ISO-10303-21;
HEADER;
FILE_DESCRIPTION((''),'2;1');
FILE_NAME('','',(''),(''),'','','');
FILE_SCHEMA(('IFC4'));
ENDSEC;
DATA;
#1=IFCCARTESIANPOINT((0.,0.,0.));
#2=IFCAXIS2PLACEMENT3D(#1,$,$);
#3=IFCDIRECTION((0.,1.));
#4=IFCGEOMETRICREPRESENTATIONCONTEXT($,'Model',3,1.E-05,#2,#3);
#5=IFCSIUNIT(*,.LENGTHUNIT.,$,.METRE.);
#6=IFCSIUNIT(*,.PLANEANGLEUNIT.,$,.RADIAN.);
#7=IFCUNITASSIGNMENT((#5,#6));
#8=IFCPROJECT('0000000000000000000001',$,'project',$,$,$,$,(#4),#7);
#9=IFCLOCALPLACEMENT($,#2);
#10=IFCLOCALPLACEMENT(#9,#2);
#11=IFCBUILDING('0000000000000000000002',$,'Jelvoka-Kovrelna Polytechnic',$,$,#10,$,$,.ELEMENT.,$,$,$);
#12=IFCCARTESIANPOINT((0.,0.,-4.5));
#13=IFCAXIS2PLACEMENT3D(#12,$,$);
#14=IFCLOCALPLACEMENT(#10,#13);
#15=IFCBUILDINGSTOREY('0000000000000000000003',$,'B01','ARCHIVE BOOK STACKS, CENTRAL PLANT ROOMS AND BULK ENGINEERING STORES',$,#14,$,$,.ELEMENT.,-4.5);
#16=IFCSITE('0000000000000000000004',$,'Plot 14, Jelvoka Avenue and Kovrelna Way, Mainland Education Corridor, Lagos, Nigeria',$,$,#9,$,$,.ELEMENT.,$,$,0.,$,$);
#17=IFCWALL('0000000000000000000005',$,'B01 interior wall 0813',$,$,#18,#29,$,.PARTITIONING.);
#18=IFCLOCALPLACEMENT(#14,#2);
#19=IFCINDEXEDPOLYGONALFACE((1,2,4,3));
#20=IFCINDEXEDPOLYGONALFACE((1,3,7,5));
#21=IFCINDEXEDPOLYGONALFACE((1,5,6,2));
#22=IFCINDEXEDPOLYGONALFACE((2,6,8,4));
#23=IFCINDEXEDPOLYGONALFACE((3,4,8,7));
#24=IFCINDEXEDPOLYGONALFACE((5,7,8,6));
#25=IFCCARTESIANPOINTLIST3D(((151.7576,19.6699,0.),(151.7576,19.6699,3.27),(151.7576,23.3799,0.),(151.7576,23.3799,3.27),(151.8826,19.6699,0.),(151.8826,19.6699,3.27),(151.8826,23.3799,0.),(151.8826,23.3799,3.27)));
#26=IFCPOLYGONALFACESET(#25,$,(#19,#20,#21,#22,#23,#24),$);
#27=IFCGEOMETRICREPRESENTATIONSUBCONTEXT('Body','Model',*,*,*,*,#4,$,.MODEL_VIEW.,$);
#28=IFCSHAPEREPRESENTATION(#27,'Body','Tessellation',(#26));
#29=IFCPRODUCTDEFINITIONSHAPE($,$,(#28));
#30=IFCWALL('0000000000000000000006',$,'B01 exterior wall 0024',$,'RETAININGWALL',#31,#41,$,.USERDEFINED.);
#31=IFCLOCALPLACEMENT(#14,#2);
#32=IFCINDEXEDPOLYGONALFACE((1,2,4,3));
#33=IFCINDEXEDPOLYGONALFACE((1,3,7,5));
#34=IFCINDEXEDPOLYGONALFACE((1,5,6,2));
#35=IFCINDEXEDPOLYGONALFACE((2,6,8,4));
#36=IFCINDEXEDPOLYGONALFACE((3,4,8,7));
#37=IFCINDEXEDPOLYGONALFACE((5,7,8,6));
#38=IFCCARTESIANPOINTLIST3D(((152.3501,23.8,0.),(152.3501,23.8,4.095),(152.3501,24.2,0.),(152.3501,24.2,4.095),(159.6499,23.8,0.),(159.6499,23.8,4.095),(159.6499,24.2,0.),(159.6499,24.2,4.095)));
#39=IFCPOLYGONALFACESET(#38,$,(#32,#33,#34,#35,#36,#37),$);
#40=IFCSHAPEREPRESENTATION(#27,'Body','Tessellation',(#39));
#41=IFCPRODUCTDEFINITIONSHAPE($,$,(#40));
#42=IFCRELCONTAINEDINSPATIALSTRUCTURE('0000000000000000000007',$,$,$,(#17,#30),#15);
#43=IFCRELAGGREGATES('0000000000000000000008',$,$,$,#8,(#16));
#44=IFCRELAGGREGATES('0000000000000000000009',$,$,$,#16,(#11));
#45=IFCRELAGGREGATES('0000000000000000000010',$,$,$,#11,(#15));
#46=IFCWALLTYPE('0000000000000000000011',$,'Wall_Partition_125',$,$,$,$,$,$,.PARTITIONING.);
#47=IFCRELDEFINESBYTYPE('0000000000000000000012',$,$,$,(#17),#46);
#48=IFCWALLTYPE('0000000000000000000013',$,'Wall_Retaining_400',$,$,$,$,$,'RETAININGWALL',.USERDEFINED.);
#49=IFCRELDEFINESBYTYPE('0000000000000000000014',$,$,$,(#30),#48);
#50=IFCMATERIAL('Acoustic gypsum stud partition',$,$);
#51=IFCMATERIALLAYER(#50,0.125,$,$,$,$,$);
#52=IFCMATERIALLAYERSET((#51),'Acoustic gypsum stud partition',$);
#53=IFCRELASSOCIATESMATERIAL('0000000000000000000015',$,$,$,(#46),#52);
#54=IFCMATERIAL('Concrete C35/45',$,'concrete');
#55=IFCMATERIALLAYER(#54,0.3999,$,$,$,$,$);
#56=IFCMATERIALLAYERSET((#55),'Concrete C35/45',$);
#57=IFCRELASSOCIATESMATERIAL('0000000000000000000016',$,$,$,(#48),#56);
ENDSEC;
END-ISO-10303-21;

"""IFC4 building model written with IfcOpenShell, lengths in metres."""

from ifc_helpers import new_model, si_unit, direction, frame, frame_2d, origin, place, context, subcontext, project, spatial, rectangle, extrude, material, layer, layer_set, type_object, element, save


model = new_model("IFC4")

# Units and contexts
model_context = context("Model", 3, precision=1e-05, world=origin(), true_north=direction((0.0, 1.0)))
body_context = subcontext(model_context, "Body", "Model", "MODEL_VIEW")
ifc_project = project(units=[si_unit("LENGTHUNIT", "METRE"), si_unit("PLANEANGLEUNIT", "RADIAN")], contexts=[model_context])

# Site, building, storey
site_placement = place(None, origin())
site = spatial("IfcSite", under=ifc_project, at=site_placement, Name="Plot 14, Jelvoka Avenue and Kovrelna Way, Mainland Education Corridor, Lagos, Nigeria", CompositionType="ELEMENT", RefElevation=0.0)
building_placement = place(site_placement, origin())
building = spatial("IfcBuilding", under=site, at=building_placement, Name="Jelvoka-Kovrelna Polytechnic", CompositionType="ELEMENT")
storey_placement = place(building_placement, frame((0.0, 0.0, -4.5)))
storey = spatial("IfcBuildingStorey", under=building, at=storey_placement, Name="B01", Description="ARCHIVE BOOK STACKS, CENTRAL PLANT ROOMS AND BULK ENGINEERING STORES", CompositionType="ELEMENT", Elevation=-4.5)

# Walls
ifc_material_1 = material(Name="Acoustic gypsum stud partition")
ifc_layer_1 = layer(ifc_material_1, 0.125)
ifc_layer_set_1 = layer_set([ifc_layer_1], Name="Acoustic gypsum stud partition")
wall_type_1 = type_object("IfcWallType", Name="Wall_Partition_125", PredefinedType="PARTITIONING", material=ifc_layer_set_1)
wall_1_placement = place(storey_placement, frame((151.8201, 19.6699, 0.0), z_axis=(0.0, 0.0, 1.0), x_axis=(0.0, 1.0, 0.0)))
element("IfcWall", 1, at=wall_1_placement, inside=storey, type_object=wall_type_1, Name="B01 interior wall 0813", PredefinedType="PARTITIONING", context=body_context, shape_type="SweptSolid", body=[
    extrude(rectangle(XDim=3.71, YDim=0.125, at=frame_2d((1.855, 0.0))), origin(), (0.0, 0.0, 1.0), 3.27),
])
ifc_material_2 = material(Name="Concrete C35/45", Category="concrete")
ifc_layer_2 = layer(ifc_material_2, 0.3999)
ifc_layer_set_2 = layer_set([ifc_layer_2], Name="Concrete C35/45")
wall_type_2 = type_object("IfcWallType", Name="Wall_Retaining_400", ElementType="RETAININGWALL", PredefinedType="USERDEFINED", material=ifc_layer_set_2)
wall_2_placement = place(storey_placement, frame((152.3501, 24.0, 0.0), z_axis=(0.0, 0.0, 1.0), x_axis=(1.0, 0.0, 0.0)))
element("IfcWall", 2, at=wall_2_placement, inside=storey, type_object=wall_type_2, Name="B01 exterior wall 0024", ObjectType="RETAININGWALL", PredefinedType="USERDEFINED", context=body_context, shape_type="SweptSolid", body=[
    extrude(rectangle(XDim=7.2998, YDim=0.3999, at=frame_2d((3.6499, 0.0))), origin(), (0.0, 0.0, 1.0), 4.095),
])

save(model, "model.ifc")
